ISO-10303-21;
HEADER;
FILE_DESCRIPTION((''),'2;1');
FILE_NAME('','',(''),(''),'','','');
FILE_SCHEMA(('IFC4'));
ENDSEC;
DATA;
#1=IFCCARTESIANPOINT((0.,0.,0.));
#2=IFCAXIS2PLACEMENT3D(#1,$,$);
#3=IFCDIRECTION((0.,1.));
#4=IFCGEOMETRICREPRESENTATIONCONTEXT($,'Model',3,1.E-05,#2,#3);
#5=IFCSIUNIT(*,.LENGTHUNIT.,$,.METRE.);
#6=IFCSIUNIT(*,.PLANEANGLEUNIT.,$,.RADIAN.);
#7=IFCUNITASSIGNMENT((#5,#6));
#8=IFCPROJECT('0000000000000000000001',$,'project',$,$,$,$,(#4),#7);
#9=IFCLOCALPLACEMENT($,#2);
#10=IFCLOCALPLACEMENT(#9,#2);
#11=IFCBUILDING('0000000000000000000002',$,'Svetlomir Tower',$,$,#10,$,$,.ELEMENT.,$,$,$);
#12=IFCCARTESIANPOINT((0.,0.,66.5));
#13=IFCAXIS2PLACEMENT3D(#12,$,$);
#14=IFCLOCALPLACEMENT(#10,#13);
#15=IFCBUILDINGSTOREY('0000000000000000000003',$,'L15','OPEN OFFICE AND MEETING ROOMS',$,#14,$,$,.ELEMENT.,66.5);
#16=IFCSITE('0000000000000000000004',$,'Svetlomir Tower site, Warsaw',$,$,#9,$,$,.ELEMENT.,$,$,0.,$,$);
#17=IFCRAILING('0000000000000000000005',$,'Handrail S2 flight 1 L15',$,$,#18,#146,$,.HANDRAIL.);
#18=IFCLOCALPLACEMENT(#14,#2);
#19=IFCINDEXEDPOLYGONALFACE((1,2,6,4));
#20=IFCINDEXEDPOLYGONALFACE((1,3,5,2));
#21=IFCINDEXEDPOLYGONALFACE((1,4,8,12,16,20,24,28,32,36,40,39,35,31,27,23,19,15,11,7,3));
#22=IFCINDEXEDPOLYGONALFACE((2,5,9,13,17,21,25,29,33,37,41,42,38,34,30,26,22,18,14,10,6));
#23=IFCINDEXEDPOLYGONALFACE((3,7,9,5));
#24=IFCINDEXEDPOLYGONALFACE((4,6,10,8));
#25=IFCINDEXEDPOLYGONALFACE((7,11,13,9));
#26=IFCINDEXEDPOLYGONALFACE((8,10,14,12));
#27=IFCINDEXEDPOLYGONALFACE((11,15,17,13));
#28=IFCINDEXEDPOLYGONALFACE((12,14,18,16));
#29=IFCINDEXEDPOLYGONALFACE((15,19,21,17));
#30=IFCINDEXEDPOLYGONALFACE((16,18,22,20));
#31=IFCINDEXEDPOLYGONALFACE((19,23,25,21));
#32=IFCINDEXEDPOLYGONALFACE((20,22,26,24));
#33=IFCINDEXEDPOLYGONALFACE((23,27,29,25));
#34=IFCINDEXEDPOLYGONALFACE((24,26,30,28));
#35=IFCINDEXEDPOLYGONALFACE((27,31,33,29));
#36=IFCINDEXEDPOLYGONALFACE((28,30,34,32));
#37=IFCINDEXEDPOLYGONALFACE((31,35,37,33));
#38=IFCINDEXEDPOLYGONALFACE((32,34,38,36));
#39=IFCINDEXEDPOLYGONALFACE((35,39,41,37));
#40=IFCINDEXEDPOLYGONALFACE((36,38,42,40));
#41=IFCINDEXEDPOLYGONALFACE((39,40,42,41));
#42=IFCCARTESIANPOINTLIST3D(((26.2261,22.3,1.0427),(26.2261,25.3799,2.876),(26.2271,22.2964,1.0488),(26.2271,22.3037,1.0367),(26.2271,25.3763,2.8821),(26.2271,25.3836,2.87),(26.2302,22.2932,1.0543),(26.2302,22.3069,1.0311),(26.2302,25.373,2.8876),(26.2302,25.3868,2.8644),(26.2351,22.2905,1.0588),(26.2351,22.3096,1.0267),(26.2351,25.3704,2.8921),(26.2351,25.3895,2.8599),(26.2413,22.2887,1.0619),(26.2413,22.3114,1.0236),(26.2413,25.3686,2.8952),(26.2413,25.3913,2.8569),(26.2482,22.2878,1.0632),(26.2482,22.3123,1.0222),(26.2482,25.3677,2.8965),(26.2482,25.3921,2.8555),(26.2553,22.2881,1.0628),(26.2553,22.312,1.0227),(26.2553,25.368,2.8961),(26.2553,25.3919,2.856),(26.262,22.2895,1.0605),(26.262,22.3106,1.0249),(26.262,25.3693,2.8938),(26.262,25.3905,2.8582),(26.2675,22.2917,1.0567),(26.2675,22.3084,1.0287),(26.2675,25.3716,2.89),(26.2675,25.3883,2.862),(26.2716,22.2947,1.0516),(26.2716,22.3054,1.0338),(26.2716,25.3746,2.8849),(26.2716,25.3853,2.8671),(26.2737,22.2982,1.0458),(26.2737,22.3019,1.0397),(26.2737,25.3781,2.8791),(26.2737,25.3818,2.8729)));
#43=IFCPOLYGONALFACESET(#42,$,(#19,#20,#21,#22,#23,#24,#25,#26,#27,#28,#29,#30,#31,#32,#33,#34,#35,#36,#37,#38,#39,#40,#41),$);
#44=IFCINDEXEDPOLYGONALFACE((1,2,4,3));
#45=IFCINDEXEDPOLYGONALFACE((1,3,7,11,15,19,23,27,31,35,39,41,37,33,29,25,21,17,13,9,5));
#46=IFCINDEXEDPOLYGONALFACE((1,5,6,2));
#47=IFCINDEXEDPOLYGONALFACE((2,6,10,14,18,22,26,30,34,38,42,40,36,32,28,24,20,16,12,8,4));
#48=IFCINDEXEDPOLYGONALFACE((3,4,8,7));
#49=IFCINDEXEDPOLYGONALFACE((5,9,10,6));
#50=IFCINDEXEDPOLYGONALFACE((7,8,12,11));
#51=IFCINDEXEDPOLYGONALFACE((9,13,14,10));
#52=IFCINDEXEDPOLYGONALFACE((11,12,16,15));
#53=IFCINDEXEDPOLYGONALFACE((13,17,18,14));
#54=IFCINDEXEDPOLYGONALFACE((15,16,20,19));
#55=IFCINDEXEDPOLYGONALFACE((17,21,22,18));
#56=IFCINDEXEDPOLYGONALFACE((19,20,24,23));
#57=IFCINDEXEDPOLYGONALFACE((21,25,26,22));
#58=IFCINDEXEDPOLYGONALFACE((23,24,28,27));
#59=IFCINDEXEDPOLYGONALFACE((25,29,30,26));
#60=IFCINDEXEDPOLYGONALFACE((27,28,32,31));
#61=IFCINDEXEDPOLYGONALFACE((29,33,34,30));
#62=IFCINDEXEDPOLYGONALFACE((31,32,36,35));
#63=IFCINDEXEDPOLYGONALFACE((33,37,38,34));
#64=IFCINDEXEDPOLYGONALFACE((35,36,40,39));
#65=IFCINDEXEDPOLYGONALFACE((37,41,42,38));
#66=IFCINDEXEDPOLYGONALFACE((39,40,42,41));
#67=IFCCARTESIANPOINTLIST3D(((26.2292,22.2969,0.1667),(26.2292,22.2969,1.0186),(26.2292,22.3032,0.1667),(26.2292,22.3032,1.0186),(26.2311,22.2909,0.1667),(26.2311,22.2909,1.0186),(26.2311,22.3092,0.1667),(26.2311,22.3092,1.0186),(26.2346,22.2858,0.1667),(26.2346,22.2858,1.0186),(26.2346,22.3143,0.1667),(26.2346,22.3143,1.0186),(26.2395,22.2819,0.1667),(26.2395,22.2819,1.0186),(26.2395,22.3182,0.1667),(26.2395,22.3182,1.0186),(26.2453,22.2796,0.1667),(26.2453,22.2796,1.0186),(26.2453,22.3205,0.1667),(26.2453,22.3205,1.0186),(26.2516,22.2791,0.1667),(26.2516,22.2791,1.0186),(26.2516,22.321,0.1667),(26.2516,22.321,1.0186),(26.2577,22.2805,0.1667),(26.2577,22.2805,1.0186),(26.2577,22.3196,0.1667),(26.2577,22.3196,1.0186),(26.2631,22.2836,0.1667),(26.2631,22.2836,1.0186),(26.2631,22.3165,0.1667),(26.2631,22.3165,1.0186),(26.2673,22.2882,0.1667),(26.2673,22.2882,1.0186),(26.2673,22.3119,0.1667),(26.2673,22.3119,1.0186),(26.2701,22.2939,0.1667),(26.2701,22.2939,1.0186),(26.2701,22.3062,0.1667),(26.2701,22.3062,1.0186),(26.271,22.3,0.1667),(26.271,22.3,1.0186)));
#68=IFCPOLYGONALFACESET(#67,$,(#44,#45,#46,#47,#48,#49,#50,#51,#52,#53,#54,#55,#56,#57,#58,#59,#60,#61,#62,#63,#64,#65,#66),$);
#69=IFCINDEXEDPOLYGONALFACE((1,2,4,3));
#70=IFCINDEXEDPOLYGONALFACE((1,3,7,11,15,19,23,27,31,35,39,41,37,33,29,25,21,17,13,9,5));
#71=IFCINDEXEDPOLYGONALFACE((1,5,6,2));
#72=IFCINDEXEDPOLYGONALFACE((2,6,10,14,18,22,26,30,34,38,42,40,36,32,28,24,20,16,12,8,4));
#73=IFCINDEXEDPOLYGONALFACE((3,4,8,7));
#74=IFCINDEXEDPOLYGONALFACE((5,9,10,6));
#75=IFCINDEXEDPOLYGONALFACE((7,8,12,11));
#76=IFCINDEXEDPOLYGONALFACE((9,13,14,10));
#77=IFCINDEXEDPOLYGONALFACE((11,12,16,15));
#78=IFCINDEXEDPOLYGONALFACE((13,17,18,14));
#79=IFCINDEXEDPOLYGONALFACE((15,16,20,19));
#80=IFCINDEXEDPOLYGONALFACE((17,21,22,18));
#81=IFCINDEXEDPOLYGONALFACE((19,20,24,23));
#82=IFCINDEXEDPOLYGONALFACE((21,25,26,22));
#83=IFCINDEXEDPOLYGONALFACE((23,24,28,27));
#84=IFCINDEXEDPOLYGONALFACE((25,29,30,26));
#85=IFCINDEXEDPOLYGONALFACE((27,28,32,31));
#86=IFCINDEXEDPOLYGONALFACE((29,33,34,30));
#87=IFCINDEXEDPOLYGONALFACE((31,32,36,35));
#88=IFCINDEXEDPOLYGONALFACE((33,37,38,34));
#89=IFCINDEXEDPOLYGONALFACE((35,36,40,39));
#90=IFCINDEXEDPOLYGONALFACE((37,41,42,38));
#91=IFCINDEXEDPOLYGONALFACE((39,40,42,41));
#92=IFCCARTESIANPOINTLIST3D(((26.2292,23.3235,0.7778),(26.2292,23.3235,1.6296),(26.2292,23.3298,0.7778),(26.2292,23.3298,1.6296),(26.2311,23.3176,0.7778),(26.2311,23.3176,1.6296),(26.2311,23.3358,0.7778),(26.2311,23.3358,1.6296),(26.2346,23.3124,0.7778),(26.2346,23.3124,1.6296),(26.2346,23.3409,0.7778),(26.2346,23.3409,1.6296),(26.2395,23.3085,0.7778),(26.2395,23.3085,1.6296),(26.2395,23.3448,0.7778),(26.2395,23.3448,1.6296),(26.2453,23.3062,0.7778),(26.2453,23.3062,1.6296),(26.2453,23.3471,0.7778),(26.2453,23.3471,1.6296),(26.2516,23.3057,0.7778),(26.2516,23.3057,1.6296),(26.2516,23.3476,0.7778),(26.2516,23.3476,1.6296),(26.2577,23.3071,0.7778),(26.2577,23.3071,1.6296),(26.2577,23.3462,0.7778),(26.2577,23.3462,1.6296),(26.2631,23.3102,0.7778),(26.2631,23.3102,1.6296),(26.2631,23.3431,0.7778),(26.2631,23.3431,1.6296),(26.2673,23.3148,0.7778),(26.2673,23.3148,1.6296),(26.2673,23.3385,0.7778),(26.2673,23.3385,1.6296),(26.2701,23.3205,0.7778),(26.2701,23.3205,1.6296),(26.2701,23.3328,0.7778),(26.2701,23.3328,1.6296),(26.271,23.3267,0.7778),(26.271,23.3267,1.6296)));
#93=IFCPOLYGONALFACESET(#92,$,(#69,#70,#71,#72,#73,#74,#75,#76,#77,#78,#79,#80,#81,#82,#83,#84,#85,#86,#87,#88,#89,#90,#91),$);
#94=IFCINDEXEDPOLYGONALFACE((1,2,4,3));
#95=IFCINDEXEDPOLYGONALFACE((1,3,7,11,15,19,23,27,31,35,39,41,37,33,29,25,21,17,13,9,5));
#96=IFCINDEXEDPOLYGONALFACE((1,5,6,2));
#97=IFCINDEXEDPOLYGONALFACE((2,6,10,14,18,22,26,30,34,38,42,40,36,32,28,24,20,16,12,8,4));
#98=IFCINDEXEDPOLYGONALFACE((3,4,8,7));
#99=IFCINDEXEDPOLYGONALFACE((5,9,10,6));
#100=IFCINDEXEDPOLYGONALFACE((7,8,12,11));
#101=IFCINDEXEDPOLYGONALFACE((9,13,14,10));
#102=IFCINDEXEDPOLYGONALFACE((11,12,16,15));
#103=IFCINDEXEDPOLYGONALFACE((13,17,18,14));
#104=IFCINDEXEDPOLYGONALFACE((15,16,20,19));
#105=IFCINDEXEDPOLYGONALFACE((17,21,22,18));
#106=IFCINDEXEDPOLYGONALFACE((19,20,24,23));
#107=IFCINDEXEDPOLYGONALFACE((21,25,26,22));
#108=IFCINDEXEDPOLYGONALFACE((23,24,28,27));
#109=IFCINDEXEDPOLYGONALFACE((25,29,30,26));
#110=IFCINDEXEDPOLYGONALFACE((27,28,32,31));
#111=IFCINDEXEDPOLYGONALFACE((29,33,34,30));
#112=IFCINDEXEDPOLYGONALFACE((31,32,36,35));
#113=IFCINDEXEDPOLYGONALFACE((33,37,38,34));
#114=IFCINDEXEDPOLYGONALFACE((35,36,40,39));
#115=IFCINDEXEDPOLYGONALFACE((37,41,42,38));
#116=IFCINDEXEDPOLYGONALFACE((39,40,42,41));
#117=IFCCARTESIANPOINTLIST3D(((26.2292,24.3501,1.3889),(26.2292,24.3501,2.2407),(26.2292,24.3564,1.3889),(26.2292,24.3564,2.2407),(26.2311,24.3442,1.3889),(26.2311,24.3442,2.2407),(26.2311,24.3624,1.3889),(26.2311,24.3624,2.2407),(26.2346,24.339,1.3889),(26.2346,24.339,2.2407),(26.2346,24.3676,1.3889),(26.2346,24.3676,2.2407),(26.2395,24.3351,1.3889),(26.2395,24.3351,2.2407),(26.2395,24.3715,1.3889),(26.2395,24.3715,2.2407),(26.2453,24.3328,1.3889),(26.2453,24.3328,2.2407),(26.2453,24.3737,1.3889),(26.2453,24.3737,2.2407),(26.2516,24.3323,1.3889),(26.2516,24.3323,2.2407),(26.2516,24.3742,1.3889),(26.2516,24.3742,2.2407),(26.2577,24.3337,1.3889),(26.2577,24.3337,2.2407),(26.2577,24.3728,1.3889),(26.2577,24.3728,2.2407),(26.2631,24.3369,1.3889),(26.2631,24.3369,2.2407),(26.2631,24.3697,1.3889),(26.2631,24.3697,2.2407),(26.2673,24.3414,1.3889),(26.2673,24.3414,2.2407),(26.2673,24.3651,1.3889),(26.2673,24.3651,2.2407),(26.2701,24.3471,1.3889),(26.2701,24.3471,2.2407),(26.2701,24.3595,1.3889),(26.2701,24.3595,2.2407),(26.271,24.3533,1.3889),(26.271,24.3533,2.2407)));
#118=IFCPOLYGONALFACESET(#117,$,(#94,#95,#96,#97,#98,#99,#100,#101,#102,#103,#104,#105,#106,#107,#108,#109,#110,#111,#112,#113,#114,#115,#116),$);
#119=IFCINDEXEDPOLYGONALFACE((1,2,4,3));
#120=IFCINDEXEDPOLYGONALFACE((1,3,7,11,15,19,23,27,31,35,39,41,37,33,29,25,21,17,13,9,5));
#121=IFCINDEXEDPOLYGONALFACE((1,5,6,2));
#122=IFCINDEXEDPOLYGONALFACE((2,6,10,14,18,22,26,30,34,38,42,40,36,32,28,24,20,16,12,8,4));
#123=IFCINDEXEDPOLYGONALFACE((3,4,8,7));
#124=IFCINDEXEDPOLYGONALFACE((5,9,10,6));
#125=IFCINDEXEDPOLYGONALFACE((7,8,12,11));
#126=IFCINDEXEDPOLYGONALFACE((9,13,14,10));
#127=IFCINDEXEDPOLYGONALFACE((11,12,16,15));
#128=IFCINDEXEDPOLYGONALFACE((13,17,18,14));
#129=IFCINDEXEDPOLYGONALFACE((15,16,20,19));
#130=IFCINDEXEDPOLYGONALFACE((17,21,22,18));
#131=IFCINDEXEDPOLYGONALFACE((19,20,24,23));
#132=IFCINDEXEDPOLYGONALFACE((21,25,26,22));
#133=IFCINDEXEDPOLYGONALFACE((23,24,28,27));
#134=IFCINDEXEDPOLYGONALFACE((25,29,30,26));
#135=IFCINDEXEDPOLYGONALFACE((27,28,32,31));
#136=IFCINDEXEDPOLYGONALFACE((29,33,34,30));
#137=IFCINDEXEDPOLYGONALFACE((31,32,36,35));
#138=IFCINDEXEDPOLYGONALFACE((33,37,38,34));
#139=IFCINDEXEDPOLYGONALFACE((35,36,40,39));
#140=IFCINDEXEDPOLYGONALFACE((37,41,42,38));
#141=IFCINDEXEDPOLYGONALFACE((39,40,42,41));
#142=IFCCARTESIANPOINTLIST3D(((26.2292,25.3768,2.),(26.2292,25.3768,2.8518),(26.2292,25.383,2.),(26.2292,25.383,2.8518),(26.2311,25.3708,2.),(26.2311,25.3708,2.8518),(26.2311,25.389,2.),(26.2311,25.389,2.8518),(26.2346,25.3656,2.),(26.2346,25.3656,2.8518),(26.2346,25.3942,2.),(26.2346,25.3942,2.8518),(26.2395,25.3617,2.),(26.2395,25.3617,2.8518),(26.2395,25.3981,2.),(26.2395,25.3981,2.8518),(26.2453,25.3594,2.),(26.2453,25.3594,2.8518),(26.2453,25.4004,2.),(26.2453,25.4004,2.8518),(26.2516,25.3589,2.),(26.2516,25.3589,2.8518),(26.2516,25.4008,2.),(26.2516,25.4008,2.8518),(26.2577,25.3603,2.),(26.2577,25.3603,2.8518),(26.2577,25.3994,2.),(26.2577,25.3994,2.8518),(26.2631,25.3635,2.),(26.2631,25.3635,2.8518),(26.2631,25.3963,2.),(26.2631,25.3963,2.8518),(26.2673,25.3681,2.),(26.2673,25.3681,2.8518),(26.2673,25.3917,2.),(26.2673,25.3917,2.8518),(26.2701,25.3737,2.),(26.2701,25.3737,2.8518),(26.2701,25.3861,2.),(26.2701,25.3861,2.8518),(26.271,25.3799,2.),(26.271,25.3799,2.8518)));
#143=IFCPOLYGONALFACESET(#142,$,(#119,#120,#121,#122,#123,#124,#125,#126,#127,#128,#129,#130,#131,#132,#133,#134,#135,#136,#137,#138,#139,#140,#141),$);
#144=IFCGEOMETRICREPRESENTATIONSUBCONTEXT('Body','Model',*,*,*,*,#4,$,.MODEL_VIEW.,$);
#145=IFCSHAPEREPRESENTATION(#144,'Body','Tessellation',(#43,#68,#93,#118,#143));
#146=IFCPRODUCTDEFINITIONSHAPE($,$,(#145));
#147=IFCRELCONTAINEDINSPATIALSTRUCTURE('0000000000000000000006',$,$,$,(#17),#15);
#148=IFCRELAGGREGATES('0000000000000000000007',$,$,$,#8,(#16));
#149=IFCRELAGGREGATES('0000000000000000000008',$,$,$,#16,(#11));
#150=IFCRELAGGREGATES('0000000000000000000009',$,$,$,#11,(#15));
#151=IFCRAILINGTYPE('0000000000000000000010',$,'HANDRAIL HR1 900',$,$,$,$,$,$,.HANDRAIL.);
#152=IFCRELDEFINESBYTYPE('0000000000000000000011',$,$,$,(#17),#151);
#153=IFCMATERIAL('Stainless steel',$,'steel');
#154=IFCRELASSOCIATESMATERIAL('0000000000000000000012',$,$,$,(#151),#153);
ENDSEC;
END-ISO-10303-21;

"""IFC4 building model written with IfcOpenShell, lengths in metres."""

from ifc_helpers import new_model, si_unit, direction, frame, origin, origin_2d, place, context, subcontext, project, spatial, circle, extrude, material, type_object, element, save


model = new_model("IFC4")

# Units and contexts
model_context = context("Model", 3, precision=1e-05, world=origin(), true_north=direction((0.0, 1.0)))
body_context = subcontext(model_context, "Body", "Model", "MODEL_VIEW")
ifc_project = project(units=[si_unit("LENGTHUNIT", "METRE"), si_unit("PLANEANGLEUNIT", "RADIAN")], contexts=[model_context])

# Site, building, storey
site_placement = place(None, origin())
site = spatial("IfcSite", under=ifc_project, at=site_placement, Name="Svetlomir Tower site, Warsaw", CompositionType="ELEMENT", RefElevation=0.0)
building_placement = place(site_placement, origin())
building = spatial("IfcBuilding", under=site, at=building_placement, Name="Svetlomir Tower", CompositionType="ELEMENT")
storey_placement = place(building_placement, frame((0.0, 0.0, 66.5)))
storey = spatial("IfcBuildingStorey", under=building, at=storey_placement, Name="L15", Description="OPEN OFFICE AND MEETING ROOMS", CompositionType="ELEMENT", Elevation=66.5)

# Railing
ifc_material_1 = material(Name="Stainless steel", Category="steel")
railing_type = type_object("IfcRailingType", Name="HANDRAIL HR1 900", PredefinedType="HANDRAIL", material=ifc_material_1)
railing_1_placement = place(storey_placement, frame((26.25, 22.3, 0.1667)))
element("IfcRailing", 1, at=railing_1_placement, inside=storey, type_object=railing_type, Name="Handrail S2 flight 1 L15", PredefinedType="HANDRAIL", context=body_context, shape_type="SweptSolid", body=[
    extrude(circle(Radius=0.0239, at=origin_2d()), frame((0.0, 0.0, 0.876), z_axis=(0.0, 0.859291, 0.511487), x_axis=(-1.0, 0.0, 0.0)), (0.0, 0.0, 1.0), 3.5842),
    extrude(circle(Radius=0.021, at=origin_2d()), origin(), (0.0, 0.0, 1.0), 0.8518),
    extrude(circle(Radius=0.021, at=origin_2d()), frame((0.0, 1.0266, 0.6111)), (0.0, 0.0, 1.0), 0.8518),
    extrude(circle(Radius=0.021, at=origin_2d()), frame((0.0, 2.0532, 1.2222)), (0.0, 0.0, 1.0), 0.8518),
    extrude(circle(Radius=0.021, at=origin_2d()), frame((0.0, 3.0798, 1.8333)), (0.0, 0.0, 1.0), 0.8518),
])

save(model, "model.ifc")
